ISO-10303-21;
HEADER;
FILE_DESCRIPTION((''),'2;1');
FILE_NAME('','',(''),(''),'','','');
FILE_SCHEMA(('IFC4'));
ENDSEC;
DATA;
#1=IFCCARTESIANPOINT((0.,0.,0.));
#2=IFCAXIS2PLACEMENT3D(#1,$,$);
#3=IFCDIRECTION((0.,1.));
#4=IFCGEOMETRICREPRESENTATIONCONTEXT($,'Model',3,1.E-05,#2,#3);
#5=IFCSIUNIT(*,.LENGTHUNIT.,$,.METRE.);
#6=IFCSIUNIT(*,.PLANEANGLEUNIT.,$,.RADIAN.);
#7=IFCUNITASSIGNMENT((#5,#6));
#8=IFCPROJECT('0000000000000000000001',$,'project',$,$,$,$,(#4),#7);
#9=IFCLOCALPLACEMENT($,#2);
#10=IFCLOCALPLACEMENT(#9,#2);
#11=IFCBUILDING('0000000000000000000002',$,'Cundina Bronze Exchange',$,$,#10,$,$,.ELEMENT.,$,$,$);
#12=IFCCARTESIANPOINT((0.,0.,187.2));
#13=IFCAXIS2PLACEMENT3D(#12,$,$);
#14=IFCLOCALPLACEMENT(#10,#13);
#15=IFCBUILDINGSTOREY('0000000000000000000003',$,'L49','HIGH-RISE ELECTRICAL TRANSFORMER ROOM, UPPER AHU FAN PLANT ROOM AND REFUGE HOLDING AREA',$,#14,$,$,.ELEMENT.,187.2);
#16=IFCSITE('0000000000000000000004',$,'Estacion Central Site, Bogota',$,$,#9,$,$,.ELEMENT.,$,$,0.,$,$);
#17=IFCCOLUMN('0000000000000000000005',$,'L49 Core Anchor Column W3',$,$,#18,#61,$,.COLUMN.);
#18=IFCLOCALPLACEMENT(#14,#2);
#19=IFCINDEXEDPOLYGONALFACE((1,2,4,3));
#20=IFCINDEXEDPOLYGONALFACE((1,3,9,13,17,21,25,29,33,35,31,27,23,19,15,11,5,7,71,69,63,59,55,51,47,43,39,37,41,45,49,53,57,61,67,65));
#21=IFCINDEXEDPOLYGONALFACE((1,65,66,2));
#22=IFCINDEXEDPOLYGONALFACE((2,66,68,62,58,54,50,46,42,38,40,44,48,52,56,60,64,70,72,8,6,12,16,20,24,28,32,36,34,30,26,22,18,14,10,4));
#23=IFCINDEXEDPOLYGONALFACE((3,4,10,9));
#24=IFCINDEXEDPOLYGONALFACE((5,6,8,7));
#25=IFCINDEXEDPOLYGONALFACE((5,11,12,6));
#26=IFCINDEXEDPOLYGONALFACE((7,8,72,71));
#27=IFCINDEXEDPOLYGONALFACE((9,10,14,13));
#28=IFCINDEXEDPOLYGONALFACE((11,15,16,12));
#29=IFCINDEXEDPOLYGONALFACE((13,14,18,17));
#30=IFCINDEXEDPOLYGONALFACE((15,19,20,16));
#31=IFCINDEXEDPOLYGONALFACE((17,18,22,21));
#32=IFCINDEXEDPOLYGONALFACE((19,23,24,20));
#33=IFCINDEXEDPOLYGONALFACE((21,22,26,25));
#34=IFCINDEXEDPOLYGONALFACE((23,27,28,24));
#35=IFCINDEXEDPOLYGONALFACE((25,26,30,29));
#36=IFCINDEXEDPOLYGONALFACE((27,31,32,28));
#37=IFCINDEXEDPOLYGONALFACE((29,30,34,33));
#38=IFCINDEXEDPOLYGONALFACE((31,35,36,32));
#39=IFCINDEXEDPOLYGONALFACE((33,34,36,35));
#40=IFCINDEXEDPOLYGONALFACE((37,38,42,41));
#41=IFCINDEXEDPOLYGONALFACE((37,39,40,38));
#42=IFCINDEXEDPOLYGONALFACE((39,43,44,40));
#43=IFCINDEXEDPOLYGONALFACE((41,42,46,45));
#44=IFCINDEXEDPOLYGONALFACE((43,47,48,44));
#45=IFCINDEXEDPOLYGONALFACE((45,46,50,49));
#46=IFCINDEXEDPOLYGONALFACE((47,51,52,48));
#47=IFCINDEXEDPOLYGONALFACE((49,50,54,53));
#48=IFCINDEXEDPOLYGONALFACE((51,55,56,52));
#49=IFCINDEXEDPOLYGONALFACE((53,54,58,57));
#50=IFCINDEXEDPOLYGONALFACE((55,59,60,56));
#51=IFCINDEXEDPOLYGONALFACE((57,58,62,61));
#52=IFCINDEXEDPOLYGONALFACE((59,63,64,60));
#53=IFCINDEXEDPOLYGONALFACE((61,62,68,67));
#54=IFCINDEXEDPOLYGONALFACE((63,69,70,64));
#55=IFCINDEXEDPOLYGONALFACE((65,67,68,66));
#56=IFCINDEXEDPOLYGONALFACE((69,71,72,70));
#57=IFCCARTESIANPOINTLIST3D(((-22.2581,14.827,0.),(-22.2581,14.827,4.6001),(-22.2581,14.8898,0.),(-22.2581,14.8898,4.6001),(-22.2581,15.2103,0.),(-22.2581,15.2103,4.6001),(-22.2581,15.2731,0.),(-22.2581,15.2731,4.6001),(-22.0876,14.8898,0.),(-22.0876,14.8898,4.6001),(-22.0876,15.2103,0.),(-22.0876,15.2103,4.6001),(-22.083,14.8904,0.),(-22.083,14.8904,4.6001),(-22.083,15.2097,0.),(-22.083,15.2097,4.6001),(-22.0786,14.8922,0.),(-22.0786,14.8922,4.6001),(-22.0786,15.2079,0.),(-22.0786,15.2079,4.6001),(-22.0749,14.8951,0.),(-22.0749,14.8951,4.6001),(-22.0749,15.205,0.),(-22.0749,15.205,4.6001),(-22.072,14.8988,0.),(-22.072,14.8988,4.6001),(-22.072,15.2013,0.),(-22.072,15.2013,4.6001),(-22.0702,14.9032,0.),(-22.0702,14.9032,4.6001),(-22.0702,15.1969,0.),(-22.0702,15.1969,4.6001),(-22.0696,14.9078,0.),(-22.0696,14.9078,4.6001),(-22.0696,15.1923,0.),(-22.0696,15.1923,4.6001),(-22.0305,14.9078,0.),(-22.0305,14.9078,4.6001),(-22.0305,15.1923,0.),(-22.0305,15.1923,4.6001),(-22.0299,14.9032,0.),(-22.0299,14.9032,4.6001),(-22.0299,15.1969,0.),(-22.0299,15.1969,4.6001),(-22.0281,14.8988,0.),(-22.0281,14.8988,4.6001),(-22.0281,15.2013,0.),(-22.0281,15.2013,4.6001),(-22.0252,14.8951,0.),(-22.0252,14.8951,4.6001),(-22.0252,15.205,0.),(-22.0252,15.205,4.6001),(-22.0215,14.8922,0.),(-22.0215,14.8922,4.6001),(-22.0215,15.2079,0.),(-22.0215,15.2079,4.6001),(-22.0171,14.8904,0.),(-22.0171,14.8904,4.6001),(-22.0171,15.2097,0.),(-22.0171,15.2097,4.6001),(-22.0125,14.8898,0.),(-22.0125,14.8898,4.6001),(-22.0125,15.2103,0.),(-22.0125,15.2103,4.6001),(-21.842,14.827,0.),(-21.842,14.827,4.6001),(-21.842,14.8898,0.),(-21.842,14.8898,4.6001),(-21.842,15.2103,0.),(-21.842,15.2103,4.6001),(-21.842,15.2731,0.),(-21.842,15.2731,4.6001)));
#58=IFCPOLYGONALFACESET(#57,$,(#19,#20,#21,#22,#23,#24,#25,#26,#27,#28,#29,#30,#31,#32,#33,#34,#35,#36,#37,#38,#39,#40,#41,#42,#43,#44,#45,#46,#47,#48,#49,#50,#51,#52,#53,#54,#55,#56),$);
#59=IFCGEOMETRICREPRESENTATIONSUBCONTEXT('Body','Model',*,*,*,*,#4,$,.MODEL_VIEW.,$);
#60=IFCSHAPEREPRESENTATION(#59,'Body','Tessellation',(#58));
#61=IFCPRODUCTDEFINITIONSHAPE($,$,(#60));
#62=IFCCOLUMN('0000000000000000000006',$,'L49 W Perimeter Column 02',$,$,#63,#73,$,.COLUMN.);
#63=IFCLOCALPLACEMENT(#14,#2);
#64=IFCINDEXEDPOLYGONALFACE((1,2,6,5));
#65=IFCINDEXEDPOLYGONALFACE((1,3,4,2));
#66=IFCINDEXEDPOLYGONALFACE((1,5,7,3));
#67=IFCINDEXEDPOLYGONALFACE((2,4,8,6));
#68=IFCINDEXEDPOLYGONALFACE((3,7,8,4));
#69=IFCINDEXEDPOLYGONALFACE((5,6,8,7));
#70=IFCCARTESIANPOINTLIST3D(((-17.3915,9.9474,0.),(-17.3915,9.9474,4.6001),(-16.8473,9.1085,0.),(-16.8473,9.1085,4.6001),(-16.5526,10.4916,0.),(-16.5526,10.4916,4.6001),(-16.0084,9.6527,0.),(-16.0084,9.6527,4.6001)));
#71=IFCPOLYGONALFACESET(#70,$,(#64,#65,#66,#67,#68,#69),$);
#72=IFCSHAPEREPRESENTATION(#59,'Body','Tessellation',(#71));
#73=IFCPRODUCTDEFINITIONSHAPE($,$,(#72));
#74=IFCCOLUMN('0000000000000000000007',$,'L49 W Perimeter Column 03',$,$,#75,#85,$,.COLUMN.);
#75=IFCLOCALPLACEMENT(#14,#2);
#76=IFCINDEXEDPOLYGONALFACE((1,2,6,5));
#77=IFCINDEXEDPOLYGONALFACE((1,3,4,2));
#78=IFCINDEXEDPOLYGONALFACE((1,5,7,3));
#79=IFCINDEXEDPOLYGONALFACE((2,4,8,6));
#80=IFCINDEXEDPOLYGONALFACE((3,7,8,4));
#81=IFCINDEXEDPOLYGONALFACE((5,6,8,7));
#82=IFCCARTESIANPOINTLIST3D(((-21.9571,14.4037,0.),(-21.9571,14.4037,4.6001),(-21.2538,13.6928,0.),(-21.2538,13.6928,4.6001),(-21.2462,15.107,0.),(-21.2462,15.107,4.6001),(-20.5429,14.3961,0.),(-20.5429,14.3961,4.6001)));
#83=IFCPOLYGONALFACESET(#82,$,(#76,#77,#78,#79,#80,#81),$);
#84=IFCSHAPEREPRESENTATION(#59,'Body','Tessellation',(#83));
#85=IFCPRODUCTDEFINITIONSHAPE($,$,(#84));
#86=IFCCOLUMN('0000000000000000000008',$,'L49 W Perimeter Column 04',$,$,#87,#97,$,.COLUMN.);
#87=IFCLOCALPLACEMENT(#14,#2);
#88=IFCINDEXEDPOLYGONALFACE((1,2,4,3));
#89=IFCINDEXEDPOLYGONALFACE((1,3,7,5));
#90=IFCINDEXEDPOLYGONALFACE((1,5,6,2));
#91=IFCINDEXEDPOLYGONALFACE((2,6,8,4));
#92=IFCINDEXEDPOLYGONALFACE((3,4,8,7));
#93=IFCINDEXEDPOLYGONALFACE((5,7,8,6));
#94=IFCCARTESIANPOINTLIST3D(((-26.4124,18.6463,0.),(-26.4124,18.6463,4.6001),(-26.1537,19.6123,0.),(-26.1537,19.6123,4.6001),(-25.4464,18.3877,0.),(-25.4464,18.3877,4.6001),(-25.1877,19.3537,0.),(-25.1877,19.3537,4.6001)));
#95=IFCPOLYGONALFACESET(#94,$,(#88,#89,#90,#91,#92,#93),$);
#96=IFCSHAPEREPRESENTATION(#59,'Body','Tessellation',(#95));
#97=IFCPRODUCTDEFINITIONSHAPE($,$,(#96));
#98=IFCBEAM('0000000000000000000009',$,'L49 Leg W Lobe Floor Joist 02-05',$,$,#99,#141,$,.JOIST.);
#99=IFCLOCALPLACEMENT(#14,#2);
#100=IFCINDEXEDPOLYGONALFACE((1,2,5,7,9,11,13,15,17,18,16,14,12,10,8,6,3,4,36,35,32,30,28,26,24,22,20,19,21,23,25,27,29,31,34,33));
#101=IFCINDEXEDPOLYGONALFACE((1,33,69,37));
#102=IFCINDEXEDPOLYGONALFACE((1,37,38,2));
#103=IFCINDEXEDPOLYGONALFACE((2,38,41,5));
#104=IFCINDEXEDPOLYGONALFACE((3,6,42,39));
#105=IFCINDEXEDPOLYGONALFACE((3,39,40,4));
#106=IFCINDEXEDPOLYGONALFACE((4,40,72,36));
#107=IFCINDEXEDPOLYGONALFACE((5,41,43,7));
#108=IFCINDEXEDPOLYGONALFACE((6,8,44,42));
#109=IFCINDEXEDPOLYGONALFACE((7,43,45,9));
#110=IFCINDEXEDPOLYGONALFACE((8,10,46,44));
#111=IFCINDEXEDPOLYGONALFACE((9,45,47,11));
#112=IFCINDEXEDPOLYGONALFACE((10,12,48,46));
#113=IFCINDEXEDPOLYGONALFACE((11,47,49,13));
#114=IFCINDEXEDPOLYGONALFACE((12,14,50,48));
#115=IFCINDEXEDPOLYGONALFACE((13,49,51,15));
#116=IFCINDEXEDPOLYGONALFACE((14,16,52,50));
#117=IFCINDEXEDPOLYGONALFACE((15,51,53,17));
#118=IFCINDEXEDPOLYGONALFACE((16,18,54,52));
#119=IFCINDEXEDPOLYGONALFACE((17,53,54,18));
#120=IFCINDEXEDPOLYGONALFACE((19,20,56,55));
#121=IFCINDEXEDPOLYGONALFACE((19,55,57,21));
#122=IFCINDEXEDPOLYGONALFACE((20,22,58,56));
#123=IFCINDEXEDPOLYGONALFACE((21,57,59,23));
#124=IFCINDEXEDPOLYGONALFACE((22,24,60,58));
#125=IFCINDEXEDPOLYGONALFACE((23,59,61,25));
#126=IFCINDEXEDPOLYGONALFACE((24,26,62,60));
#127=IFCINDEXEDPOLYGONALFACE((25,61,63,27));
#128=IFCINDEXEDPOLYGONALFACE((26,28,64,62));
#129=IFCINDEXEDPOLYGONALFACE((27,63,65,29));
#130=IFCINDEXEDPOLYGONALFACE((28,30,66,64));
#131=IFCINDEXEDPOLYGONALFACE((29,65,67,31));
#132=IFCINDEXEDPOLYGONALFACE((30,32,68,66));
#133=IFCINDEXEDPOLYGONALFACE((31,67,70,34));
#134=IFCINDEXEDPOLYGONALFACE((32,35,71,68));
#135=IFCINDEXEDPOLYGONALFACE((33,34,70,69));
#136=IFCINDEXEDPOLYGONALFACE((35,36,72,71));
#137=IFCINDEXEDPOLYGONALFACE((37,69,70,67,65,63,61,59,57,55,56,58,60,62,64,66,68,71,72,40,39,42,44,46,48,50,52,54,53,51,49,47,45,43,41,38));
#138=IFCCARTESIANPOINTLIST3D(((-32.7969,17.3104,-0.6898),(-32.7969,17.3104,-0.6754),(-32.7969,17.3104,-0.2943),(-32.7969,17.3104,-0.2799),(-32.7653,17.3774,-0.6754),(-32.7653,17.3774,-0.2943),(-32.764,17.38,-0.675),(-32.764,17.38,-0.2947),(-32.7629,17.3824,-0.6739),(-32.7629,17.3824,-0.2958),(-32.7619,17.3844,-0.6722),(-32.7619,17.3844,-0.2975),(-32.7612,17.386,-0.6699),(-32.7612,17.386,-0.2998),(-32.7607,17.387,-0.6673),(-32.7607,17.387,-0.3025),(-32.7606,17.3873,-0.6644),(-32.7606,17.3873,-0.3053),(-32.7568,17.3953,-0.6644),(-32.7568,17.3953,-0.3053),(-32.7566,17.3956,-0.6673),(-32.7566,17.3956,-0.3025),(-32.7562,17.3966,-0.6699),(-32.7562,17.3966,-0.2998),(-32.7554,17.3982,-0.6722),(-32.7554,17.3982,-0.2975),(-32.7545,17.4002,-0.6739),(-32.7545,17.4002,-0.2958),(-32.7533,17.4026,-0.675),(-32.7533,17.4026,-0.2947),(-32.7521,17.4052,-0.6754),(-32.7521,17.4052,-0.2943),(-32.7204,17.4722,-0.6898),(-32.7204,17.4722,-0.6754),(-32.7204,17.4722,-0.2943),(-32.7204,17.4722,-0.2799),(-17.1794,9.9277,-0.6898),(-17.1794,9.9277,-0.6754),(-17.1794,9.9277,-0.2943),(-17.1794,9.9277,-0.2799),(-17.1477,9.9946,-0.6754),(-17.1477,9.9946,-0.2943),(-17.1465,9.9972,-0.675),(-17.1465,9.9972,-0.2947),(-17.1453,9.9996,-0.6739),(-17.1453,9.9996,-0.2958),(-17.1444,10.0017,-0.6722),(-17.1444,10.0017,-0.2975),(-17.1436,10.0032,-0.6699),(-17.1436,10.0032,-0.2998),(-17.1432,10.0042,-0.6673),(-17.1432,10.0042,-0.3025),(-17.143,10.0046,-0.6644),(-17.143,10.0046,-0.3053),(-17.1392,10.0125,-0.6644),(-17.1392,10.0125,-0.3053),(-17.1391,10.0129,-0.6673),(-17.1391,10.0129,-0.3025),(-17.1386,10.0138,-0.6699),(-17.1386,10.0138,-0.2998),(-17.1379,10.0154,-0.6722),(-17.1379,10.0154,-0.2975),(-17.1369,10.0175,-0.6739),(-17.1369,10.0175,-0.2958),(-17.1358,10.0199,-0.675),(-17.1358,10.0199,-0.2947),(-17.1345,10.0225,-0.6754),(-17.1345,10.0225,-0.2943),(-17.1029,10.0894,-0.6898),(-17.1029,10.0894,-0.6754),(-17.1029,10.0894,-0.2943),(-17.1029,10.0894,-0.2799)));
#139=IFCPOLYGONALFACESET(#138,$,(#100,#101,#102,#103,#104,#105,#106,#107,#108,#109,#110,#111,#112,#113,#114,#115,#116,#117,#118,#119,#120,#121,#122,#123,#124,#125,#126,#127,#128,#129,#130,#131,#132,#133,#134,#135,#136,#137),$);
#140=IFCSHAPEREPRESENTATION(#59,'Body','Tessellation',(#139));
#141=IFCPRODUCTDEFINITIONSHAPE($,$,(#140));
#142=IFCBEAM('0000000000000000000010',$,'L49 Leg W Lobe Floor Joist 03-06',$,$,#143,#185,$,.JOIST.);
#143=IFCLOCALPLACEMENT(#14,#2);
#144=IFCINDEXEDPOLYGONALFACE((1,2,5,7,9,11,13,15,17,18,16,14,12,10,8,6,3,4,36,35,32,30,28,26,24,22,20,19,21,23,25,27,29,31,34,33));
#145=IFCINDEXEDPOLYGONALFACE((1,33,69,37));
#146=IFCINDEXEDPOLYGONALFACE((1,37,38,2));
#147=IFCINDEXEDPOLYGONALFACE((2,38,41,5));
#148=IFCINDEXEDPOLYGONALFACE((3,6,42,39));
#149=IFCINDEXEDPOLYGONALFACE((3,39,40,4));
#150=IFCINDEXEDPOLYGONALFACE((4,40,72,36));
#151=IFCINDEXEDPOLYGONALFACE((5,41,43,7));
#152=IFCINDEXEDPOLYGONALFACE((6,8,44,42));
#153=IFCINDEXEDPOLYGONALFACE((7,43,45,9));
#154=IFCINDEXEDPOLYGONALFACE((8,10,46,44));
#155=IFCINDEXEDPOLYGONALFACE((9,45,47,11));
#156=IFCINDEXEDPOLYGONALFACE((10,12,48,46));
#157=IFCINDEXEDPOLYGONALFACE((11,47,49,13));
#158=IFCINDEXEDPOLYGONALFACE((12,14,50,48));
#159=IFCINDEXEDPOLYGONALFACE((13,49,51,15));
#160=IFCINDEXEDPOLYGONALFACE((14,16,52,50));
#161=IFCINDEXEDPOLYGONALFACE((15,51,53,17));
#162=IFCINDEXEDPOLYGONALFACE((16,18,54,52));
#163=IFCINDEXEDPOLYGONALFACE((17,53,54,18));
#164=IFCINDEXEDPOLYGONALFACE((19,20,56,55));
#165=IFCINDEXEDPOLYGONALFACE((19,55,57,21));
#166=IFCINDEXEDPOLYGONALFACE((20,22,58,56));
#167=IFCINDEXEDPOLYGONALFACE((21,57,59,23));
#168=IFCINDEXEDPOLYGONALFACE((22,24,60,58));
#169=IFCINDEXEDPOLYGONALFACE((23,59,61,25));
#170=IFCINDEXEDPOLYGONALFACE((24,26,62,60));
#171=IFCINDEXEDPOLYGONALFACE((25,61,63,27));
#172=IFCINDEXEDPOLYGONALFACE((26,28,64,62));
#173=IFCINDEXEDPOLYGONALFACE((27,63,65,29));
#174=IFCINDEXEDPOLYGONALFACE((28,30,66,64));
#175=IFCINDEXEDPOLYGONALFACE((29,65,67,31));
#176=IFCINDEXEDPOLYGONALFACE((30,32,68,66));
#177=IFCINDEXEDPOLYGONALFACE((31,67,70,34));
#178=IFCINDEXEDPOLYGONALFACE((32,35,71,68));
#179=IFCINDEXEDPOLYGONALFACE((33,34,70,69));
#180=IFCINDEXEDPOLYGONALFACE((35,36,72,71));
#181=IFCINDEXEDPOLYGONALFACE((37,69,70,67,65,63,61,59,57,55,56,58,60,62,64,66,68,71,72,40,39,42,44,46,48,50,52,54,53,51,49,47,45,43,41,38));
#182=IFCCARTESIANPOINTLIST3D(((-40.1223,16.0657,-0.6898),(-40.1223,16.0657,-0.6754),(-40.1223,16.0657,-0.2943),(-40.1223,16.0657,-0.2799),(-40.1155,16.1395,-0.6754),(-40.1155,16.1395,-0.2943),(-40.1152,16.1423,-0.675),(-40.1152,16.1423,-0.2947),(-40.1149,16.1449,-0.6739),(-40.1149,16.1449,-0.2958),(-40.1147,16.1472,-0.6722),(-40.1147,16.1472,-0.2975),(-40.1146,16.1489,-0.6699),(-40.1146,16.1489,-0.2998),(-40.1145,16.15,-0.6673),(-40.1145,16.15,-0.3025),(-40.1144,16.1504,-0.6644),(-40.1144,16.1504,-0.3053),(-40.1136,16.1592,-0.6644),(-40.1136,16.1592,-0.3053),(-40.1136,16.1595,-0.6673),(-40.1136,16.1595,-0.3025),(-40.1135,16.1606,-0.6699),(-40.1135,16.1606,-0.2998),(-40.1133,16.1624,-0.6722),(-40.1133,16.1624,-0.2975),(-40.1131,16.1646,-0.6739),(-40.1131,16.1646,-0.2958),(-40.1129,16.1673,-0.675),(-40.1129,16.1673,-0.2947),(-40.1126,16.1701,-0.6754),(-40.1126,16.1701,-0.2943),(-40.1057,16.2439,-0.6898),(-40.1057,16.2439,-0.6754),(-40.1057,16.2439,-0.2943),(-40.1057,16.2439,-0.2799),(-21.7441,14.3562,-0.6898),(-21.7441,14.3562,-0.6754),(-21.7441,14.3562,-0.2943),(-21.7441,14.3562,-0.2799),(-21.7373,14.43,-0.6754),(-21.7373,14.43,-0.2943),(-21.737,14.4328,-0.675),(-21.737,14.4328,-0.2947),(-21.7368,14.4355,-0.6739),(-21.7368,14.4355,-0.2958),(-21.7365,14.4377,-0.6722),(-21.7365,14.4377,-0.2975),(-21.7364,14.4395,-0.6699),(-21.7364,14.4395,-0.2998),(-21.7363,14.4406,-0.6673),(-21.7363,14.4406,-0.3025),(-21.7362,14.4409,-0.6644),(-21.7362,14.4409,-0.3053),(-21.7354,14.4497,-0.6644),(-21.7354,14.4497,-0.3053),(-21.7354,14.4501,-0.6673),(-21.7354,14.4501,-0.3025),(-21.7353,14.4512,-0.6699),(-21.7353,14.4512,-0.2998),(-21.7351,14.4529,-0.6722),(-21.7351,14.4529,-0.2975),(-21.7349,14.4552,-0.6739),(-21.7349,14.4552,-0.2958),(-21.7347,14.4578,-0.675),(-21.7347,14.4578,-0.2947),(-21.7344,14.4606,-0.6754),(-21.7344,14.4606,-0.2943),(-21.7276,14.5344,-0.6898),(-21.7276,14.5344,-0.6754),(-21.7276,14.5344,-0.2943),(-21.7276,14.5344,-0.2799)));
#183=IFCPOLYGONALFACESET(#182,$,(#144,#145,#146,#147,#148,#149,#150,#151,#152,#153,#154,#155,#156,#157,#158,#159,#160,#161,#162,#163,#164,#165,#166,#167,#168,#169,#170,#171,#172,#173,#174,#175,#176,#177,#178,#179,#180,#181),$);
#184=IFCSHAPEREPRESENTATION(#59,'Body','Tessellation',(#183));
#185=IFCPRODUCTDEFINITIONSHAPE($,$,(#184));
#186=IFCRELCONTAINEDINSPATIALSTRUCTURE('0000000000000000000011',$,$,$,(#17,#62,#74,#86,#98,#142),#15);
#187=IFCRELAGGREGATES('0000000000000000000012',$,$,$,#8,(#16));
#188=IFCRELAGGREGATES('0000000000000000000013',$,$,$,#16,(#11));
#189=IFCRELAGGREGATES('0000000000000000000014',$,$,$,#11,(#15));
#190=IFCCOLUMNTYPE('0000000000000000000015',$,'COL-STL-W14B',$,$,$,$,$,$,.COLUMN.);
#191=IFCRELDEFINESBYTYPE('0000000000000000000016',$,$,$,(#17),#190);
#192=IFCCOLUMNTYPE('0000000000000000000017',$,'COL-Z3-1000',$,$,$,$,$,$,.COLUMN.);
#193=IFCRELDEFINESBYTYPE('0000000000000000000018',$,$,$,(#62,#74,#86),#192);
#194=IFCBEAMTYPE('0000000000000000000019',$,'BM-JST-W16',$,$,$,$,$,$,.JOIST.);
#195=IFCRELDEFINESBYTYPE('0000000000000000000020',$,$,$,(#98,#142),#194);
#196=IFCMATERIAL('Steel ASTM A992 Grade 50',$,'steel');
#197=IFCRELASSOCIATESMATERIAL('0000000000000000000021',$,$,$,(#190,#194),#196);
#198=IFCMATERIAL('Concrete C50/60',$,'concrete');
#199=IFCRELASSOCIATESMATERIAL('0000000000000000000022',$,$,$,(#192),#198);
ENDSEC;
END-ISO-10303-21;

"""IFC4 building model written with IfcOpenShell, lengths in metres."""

from ifc_helpers import new_model, si_unit, direction, frame, origin, origin_2d, place, context, subcontext, project, spatial, rectangle, i_section, extrude, material, material_profile, profile_set, type_object, element, save


model = new_model("IFC4")

# Units and contexts
model_context = context("Model", 3, precision=1e-05, world=origin(), true_north=direction((0.0, 1.0)))
body_context = subcontext(model_context, "Body", "Model", "MODEL_VIEW")
ifc_project = project(units=[si_unit("LENGTHUNIT", "METRE"), si_unit("PLANEANGLEUNIT", "RADIAN")], contexts=[model_context])

# Site, building, storey
site_placement = place(None, origin())
site = spatial("IfcSite", under=ifc_project, at=site_placement, Name="Estacion Central Site, Bogota", CompositionType="ELEMENT", RefElevation=0.0)
building_placement = place(site_placement, origin())
building = spatial("IfcBuilding", under=site, at=building_placement, Name="Cundina Bronze Exchange", CompositionType="ELEMENT")
storey_placement = place(building_placement, frame((0.0, 0.0, 187.2)))
storey = spatial("IfcBuildingStorey", under=building, at=storey_placement, Name="L49", Description="HIGH-RISE ELECTRICAL TRANSFORMER ROOM, UPPER AHU FAN PLANT ROOM AND REFUGE HOLDING AREA", CompositionType="ELEMENT", Elevation=187.2)

# Columns
ifc_material_1 = material(Name="Steel ASTM A992 Grade 50", Category="steel")
ifc_material_profile_1 = material_profile(ifc_material_1, i_section(OverallWidth=0.416, OverallDepth=0.446, WebThickness=0.0391, FlangeThickness=0.0627, FilletRadius=0.0181, at=origin_2d()), Name="W14X342", Category="steel")
ifc_profile_set_1 = profile_set([ifc_material_profile_1], Name="Steel ASTM A992 Grade 50")
column_type_1 = type_object("IfcColumnType", Name="COL-STL-W14B", PredefinedType="COLUMN", material=ifc_profile_set_1)
column_placement = place(storey_placement, frame((-22.05, 15.05, 0.0), z_axis=(0.0, 0.0, 1.0), x_axis=(1.0, 0.0, 0.0)))
element("IfcColumn", 1, at=column_placement, inside=storey, type_object=column_type_1, Name="L49 Core Anchor Column W3", PredefinedType="COLUMN", context=body_context, shape_type="SweptSolid", body=[
    extrude(i_section(OverallWidth=0.416, OverallDepth=0.446, WebThickness=0.0391, FlangeThickness=0.0627, FilletRadius=0.0181, at=origin_2d()), origin(), (0.0, 0.0, 1.0), 4.6001),
])
ifc_material_2 = material(Name="Concrete C50/60", Category="concrete")
ifc_material_profile_2 = material_profile(ifc_material_2, rectangle(XDim=1.0, YDim=1.0, at=origin_2d()), Name="RC1000X1000", Category="concrete")
ifc_profile_set_2 = profile_set([ifc_material_profile_2], Name="Concrete C50/60")
column_type_2 = type_object("IfcColumnType", Name="COL-Z3-1000", PredefinedType="COLUMN", material=ifc_profile_set_2)
for number, where, z_axis, x_axis, name in (
    (2, (-16.7, 9.8, 0.0), (0.0, 0.0, 1.0), (-0.5442, 0.838956, 0.0), "L49 W Perimeter Column 02"),
    (3, (-21.25, 14.3999, 0.0), (0.0, 0.0, 1.0), (-0.703271, 0.710922, 0.0), "L49 W Perimeter Column 03"),
    (4, (-25.8, 19.0, 0.0), (0.0, 0.0, 1.0), (-0.965971, 0.25865, 0.0), "L49 W Perimeter Column 04"),
):
    element("IfcColumn", number, at=place(storey_placement, frame(where, z_axis=z_axis, x_axis=x_axis)), inside=storey, type_object=column_type_2, Name=name, PredefinedType="COLUMN", context=body_context, shape_type="SweptSolid", body=[
        extrude(rectangle(XDim=1.0, YDim=1.0, at=origin_2d()), origin(), (0.0, 0.0, 1.0), 4.6001),
    ])

# Beams
ifc_material_profile_3 = material_profile(ifc_material_1, i_section(OverallWidth=0.179, OverallDepth=0.4099, WebThickness=0.0088, FlangeThickness=0.0144, FilletRadius=0.011, at=origin_2d()), Name="W16X45", Category="steel")
ifc_profile_set_3 = profile_set([ifc_material_profile_3], Name="Steel ASTM A992 Grade 50")
beam_type_1 = type_object("IfcBeamType", Name="BM-JST-W16", PredefinedType="JOIST", material=ifc_profile_set_3)
beam_1_placement = place(storey_placement, frame((-17.1411, 10.0085, -0.4849), z_axis=(-0.904074, 0.427375, 0.0), x_axis=(-0.427375, -0.904074, 0.0)))
element("IfcBeam", 5, at=beam_1_placement, inside=storey, type_object=beam_type_1, Name="L49 Leg W Lobe Floor Joist 02-05", PredefinedType="JOIST", context=body_context, shape_type="SweptSolid", body=[
    extrude(i_section(OverallWidth=0.179, OverallDepth=0.4099, WebThickness=0.0088, FlangeThickness=0.0144, FilletRadius=0.011, at=origin_2d()), origin(), (0.0, 0.0, 1.0), 17.2747),
])
beam_2_placement = place(storey_placement, frame((-21.7358, 14.4453, -0.4849), z_axis=(-0.995702, 0.092617, 0.0), x_axis=(-0.092617, -0.995702, 0.0)))
element("IfcBeam", 6, at=beam_2_placement, inside=storey, type_object=beam_type_1, Name="L49 Leg W Lobe Floor Joist 03-06", PredefinedType="JOIST", context=body_context, shape_type="SweptSolid", body=[
    extrude(i_section(OverallWidth=0.179, OverallDepth=0.4099, WebThickness=0.0088, FlangeThickness=0.0144, FilletRadius=0.011, at=origin_2d()), origin(), (0.0, 0.0, 1.0), 18.4575),
])

save(model, "model.ifc")
